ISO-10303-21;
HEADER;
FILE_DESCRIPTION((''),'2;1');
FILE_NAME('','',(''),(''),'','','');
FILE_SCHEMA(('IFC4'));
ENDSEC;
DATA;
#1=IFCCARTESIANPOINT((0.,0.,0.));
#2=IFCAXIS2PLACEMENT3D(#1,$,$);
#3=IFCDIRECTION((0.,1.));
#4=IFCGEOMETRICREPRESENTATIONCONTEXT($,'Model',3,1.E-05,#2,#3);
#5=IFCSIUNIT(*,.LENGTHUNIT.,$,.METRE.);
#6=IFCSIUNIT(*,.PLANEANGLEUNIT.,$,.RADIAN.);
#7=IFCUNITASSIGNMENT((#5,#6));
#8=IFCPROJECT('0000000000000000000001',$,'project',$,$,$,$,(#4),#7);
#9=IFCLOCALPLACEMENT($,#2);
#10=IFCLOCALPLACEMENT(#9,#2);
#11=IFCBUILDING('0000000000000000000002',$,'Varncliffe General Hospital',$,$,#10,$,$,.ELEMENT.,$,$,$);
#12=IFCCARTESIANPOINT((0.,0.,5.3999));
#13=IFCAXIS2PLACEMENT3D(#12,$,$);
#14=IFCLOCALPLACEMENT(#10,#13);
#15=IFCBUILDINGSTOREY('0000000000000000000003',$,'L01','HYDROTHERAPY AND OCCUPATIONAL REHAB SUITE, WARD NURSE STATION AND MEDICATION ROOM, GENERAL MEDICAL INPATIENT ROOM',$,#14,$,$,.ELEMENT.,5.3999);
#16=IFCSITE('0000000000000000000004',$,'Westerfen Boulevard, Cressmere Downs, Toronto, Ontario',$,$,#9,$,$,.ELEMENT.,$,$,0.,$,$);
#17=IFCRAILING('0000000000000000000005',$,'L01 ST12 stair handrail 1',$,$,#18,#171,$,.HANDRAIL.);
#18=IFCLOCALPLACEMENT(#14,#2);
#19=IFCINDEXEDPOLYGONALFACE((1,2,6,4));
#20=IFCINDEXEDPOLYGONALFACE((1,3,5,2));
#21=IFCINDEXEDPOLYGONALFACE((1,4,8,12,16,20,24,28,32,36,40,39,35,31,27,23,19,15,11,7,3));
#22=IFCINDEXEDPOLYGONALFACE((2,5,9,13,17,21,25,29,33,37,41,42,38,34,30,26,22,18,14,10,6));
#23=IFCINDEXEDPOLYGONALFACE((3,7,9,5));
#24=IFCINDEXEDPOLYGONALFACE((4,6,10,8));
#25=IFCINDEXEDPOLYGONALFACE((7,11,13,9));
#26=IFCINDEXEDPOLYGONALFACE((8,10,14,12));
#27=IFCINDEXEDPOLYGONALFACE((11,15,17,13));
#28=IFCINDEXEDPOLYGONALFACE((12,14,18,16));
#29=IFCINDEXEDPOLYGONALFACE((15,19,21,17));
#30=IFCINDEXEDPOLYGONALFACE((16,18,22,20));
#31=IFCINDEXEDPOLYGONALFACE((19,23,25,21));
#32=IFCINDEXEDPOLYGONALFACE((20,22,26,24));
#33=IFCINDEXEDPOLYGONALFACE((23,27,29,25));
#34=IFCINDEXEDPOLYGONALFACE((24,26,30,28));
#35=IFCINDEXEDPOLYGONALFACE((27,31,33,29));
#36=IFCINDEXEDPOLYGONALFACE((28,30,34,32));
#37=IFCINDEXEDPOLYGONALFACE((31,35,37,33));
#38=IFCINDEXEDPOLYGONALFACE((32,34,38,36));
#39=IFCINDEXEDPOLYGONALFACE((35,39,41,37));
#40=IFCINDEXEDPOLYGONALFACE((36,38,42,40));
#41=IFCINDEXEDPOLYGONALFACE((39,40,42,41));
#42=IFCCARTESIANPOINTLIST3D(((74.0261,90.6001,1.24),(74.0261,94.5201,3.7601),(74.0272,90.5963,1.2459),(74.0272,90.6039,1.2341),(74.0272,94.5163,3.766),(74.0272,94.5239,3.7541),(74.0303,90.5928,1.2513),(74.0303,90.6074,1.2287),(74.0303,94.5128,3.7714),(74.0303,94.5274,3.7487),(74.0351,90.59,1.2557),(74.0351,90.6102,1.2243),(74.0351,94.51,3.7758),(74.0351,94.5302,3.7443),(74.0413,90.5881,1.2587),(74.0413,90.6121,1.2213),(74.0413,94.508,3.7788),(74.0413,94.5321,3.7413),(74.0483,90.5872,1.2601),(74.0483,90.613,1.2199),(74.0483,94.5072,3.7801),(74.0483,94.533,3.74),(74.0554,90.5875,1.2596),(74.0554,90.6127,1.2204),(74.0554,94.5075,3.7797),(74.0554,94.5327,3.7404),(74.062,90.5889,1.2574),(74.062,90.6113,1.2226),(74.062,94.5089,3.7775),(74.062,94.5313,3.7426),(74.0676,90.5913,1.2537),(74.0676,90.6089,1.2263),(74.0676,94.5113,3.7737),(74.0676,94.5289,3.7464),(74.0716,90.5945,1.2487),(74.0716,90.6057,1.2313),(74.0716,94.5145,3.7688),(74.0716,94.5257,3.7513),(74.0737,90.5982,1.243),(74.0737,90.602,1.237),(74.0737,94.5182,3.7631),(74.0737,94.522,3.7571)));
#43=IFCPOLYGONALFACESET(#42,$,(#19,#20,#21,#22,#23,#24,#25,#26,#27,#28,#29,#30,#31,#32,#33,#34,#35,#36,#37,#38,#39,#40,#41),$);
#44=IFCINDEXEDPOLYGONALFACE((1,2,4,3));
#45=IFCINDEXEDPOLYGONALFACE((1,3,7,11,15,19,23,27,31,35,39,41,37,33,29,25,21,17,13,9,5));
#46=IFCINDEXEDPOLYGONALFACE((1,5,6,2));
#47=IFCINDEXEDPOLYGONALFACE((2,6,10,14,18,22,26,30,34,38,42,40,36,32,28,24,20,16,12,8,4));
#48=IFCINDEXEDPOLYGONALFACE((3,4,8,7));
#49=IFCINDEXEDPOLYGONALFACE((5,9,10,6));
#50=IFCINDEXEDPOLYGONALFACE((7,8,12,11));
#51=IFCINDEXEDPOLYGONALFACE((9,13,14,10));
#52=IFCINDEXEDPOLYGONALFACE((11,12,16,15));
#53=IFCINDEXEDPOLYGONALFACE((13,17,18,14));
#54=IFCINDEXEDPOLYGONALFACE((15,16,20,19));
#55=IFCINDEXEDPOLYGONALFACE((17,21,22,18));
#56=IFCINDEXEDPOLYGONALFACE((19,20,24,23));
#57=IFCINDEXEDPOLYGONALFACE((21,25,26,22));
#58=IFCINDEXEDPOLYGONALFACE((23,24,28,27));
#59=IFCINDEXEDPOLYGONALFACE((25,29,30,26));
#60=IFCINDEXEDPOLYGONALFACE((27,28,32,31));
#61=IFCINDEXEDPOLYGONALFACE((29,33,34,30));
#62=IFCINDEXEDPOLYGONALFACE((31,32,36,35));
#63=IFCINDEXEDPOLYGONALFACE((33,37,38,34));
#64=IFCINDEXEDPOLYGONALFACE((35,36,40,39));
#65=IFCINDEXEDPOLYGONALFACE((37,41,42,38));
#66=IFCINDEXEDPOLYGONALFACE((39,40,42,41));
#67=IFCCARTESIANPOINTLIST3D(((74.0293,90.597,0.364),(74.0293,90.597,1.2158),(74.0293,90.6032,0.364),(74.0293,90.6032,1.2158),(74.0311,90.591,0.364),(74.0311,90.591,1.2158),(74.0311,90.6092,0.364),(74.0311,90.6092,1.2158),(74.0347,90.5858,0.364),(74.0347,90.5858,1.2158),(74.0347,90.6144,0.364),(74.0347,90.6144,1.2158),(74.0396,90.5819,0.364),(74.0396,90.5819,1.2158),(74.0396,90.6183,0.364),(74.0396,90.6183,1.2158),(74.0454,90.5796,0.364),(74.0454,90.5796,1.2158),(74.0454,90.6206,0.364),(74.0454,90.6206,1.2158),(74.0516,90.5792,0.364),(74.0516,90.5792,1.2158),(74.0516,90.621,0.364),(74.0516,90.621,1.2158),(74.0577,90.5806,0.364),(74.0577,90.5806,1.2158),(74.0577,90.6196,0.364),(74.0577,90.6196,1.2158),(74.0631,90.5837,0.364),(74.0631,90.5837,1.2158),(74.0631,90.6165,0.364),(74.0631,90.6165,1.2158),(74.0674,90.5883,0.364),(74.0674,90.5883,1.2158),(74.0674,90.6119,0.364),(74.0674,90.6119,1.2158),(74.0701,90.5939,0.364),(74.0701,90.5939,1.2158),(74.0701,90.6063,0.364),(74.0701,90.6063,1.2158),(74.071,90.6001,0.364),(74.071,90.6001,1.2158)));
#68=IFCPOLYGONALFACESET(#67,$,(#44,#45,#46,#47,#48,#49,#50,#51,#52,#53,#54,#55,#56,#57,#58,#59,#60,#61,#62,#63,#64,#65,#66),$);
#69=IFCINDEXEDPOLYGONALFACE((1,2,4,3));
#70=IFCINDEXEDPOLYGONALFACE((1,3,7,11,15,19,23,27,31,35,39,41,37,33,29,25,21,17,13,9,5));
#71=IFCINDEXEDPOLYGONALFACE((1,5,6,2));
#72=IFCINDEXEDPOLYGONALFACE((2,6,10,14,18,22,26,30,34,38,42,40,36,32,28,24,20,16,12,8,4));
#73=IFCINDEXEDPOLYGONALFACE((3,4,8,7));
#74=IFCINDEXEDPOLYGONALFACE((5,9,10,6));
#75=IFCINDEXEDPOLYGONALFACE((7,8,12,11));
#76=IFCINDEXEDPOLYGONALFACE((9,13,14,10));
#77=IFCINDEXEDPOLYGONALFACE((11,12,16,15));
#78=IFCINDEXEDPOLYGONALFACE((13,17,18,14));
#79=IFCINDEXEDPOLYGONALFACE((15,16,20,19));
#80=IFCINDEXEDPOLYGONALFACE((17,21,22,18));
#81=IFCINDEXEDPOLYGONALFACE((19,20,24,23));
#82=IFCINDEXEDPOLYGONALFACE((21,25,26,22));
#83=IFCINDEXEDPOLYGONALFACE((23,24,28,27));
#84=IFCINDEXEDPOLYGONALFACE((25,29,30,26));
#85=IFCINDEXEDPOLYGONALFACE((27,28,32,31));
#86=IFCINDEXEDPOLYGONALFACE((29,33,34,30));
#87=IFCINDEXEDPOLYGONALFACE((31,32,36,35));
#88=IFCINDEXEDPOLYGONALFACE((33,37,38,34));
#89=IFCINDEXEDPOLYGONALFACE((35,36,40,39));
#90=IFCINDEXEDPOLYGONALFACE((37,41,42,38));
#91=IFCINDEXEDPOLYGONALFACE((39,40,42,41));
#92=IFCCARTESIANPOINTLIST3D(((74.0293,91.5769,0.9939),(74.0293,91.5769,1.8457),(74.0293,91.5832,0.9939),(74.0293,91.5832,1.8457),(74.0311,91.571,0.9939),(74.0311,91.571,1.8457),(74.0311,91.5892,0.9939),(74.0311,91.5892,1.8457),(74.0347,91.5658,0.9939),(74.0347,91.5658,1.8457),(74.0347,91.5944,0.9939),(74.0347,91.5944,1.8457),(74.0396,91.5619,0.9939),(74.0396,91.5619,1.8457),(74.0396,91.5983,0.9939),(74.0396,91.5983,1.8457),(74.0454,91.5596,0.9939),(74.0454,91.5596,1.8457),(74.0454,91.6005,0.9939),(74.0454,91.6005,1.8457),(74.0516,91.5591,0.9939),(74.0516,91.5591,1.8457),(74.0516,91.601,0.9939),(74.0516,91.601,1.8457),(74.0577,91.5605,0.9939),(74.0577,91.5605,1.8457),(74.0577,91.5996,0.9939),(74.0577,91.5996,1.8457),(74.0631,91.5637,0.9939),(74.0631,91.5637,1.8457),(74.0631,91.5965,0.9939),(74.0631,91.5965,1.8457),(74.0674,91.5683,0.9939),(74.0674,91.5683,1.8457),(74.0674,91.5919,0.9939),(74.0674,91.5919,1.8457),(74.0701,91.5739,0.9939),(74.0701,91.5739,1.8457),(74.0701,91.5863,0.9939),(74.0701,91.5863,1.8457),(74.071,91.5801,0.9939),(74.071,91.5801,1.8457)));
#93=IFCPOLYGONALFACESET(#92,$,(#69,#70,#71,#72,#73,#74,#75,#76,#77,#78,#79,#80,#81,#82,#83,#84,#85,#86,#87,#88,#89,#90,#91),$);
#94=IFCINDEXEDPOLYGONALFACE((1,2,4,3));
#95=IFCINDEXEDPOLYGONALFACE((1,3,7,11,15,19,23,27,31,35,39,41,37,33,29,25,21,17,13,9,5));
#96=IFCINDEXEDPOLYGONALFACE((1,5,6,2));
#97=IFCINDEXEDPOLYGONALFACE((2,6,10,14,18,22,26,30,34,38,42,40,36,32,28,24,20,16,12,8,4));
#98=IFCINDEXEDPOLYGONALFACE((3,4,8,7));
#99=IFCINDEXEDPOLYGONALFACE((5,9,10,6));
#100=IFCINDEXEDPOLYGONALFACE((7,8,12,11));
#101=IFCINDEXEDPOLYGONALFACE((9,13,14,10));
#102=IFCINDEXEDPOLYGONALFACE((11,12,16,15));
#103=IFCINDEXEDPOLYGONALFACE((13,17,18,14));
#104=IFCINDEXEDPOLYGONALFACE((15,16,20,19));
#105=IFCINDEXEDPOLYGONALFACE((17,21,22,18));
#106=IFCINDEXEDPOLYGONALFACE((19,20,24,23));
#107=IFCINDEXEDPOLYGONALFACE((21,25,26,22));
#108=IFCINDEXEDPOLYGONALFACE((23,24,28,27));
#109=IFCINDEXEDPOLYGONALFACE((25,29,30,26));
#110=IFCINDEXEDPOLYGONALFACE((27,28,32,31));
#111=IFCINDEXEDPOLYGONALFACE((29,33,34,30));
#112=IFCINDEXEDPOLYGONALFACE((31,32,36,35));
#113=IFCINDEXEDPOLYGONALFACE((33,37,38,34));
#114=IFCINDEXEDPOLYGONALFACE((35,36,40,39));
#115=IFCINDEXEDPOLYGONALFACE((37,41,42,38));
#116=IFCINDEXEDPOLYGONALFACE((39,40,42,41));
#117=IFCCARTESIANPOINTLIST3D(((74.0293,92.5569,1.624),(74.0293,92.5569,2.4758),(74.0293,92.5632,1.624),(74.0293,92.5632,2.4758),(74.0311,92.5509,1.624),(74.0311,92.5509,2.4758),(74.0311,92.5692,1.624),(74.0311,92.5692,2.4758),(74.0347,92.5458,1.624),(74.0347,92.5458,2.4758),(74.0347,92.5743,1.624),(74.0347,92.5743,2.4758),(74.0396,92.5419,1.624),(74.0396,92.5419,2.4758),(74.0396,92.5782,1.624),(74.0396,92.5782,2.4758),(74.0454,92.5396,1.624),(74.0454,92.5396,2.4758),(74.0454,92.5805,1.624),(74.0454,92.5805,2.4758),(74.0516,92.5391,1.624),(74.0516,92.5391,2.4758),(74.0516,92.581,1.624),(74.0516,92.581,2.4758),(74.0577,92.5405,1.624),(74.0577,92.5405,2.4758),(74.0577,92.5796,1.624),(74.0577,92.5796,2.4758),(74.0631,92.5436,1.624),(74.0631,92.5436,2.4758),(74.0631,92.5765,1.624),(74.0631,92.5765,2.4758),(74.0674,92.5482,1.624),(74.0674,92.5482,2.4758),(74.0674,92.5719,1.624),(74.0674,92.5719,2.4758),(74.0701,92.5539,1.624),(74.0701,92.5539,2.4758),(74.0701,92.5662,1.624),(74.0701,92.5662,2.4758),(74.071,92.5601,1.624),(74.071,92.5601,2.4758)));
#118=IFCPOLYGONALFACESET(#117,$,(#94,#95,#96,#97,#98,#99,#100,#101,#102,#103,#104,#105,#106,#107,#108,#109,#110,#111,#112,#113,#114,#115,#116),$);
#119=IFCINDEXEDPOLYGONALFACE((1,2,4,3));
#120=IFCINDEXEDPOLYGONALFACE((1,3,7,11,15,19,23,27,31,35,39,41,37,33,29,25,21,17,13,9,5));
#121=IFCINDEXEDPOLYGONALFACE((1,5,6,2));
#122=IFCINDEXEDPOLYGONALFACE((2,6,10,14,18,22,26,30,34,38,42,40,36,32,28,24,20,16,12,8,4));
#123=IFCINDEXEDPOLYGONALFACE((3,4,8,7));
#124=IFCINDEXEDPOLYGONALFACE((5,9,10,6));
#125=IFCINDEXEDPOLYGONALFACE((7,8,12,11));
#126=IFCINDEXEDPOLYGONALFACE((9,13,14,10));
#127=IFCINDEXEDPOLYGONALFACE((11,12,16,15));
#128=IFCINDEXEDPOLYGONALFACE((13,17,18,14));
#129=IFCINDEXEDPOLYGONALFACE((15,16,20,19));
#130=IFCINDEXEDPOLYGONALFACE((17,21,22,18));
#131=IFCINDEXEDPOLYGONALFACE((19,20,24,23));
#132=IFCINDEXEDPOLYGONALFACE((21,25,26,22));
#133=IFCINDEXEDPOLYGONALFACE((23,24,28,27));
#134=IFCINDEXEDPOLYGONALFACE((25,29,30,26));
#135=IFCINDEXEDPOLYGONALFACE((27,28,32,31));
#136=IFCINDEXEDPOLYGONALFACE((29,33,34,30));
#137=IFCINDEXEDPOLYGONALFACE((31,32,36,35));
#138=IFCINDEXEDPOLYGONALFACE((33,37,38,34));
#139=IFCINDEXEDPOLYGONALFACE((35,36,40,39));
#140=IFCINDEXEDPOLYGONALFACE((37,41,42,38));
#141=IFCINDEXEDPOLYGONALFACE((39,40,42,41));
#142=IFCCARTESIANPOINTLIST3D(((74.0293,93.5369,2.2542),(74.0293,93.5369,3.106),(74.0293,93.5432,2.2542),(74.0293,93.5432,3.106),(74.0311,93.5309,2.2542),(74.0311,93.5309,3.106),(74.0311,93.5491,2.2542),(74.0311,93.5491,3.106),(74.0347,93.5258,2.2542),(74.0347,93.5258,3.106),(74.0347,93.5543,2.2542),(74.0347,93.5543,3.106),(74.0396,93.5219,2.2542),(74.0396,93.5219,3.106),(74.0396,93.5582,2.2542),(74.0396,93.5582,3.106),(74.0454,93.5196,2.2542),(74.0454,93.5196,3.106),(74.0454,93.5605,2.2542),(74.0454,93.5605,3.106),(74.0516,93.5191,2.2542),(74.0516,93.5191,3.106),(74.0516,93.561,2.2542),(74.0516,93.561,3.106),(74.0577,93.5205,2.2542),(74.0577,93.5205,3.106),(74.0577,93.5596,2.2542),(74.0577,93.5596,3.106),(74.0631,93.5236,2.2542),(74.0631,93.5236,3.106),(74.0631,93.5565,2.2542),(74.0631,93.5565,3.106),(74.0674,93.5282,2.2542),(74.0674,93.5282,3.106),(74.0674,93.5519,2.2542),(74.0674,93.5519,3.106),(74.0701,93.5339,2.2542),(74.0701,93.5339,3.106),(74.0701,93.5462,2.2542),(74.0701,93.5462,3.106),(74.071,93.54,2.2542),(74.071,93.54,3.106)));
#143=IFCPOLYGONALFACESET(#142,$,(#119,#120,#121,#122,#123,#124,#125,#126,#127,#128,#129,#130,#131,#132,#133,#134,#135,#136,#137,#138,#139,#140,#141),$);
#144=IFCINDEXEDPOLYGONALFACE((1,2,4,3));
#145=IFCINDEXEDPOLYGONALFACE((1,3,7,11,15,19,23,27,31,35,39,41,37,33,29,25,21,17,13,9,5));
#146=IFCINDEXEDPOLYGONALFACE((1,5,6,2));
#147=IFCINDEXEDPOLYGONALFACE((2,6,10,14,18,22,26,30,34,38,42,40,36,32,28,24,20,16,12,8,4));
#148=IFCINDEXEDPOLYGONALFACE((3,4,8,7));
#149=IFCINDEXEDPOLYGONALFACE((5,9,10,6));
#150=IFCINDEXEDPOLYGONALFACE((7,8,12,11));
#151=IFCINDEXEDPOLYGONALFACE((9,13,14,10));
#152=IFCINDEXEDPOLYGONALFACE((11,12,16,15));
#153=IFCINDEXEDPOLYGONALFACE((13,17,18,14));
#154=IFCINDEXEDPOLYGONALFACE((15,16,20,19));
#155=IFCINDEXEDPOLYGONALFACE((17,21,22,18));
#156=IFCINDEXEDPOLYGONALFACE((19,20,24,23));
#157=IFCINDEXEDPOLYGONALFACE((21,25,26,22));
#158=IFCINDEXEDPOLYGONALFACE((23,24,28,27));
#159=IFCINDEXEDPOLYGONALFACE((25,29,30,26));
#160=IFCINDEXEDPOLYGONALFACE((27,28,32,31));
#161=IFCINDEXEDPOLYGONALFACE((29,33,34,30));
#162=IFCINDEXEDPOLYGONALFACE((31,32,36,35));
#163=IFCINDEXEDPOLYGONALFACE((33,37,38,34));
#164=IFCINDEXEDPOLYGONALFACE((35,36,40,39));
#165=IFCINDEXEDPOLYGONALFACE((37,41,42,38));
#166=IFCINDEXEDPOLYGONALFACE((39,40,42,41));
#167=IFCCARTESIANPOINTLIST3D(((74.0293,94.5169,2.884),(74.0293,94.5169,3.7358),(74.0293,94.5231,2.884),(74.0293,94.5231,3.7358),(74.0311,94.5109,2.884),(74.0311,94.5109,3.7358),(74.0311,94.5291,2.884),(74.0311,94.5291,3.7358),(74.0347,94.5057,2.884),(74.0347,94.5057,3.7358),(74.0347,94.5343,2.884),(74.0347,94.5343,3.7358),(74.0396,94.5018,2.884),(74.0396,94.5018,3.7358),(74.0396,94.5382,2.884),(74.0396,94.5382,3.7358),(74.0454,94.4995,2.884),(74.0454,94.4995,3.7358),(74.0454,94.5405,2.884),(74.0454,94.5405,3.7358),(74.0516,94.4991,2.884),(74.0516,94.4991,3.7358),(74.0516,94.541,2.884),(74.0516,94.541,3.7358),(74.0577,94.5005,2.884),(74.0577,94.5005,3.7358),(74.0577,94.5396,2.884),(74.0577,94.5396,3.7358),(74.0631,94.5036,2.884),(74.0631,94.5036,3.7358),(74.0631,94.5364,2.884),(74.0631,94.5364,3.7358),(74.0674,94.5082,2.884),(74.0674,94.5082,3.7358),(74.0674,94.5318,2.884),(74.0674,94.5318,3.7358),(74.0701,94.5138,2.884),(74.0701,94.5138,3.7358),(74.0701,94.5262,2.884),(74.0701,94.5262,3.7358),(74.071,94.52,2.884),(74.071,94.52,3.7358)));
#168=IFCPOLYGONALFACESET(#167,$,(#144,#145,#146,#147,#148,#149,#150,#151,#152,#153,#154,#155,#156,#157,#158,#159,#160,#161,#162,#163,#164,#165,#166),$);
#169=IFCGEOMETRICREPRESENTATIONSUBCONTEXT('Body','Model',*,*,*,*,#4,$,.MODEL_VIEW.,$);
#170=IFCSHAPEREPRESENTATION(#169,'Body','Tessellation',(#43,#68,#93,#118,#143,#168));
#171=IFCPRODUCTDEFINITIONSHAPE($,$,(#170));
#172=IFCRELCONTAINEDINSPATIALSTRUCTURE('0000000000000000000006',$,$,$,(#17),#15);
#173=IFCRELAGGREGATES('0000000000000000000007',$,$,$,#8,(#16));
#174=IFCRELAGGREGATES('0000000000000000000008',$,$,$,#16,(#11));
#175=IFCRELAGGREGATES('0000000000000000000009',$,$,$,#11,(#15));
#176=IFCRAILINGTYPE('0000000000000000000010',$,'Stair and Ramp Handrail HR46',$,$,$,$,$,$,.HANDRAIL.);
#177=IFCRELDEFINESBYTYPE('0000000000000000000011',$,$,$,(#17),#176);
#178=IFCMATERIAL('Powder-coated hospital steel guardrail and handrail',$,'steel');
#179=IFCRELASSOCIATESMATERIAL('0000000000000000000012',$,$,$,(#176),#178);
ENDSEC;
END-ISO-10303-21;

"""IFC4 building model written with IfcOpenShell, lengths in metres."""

from ifc_helpers import new_model, si_unit, direction, frame, origin, origin_2d, place, context, subcontext, project, spatial, circle, extrude, material, type_object, element, save


model = new_model("IFC4")

# Units and contexts
model_context = context("Model", 3, precision=1e-05, world=origin(), true_north=direction((0.0, 1.0)))
body_context = subcontext(model_context, "Body", "Model", "MODEL_VIEW")
ifc_project = project(units=[si_unit("LENGTHUNIT", "METRE"), si_unit("PLANEANGLEUNIT", "RADIAN")], contexts=[model_context])

# Site, building, storey
site_placement = place(None, origin())
site = spatial("IfcSite", under=ifc_project, at=site_placement, Name="Westerfen Boulevard, Cressmere Downs, Toronto, Ontario", CompositionType="ELEMENT", RefElevation=0.0)
building_placement = place(site_placement, origin())
building = spatial("IfcBuilding", under=site, at=building_placement, Name="Varncliffe General Hospital", CompositionType="ELEMENT")
storey_placement = place(building_placement, frame((0.0, 0.0, 5.3999)))
storey = spatial("IfcBuildingStorey", under=building, at=storey_placement, Name="L01", Description="HYDROTHERAPY AND OCCUPATIONAL REHAB SUITE, WARD NURSE STATION AND MEDICATION ROOM, GENERAL MEDICAL INPATIENT ROOM", CompositionType="ELEMENT", Elevation=5.3999)

# Railing
ifc_material_1 = material(Name="Powder-coated hospital steel guardrail and handrail", Category="steel")
railing_type_1 = type_object("IfcRailingType", Name="Stair and Ramp Handrail HR46", PredefinedType="HANDRAIL", material=ifc_material_1)
railing_1_placement = place(storey_placement, frame((74.05, 90.6001, 0.364)))
element("IfcRailing", 1, at=railing_1_placement, inside=storey, type_object=railing_type_1, Name="L01 ST12 stair handrail 1", PredefinedType="HANDRAIL", context=body_context, shape_type="SweptSolid", body=[
    extrude(circle(Radius=0.0239, at=origin_2d()), frame((0.0, 0.0, 0.876), z_axis=(0.0, 0.841172, 0.540768), x_axis=(-1.0, 0.0, 0.0)), (0.0, 0.0, 1.0), 4.6602),
    extrude(circle(Radius=0.021, at=origin_2d()), origin(), (0.0, 0.0, 1.0), 0.8518),
    extrude(circle(Radius=0.021, at=origin_2d()), frame((0.0, 0.98, 0.6299)), (0.0, 0.0, 1.0), 0.8518),
    extrude(circle(Radius=0.021, at=origin_2d()), frame((0.0, 1.96, 1.26)), (0.0, 0.0, 1.0), 0.8518),
    extrude(circle(Radius=0.021, at=origin_2d()), frame((0.0, 2.9399, 1.8901)), (0.0, 0.0, 1.0), 0.8518),
    extrude(circle(Radius=0.021, at=origin_2d()), frame((0.0, 3.9199, 2.52)), (0.0, 0.0, 1.0), 0.8518),
])

save(model, "model.ifc")
